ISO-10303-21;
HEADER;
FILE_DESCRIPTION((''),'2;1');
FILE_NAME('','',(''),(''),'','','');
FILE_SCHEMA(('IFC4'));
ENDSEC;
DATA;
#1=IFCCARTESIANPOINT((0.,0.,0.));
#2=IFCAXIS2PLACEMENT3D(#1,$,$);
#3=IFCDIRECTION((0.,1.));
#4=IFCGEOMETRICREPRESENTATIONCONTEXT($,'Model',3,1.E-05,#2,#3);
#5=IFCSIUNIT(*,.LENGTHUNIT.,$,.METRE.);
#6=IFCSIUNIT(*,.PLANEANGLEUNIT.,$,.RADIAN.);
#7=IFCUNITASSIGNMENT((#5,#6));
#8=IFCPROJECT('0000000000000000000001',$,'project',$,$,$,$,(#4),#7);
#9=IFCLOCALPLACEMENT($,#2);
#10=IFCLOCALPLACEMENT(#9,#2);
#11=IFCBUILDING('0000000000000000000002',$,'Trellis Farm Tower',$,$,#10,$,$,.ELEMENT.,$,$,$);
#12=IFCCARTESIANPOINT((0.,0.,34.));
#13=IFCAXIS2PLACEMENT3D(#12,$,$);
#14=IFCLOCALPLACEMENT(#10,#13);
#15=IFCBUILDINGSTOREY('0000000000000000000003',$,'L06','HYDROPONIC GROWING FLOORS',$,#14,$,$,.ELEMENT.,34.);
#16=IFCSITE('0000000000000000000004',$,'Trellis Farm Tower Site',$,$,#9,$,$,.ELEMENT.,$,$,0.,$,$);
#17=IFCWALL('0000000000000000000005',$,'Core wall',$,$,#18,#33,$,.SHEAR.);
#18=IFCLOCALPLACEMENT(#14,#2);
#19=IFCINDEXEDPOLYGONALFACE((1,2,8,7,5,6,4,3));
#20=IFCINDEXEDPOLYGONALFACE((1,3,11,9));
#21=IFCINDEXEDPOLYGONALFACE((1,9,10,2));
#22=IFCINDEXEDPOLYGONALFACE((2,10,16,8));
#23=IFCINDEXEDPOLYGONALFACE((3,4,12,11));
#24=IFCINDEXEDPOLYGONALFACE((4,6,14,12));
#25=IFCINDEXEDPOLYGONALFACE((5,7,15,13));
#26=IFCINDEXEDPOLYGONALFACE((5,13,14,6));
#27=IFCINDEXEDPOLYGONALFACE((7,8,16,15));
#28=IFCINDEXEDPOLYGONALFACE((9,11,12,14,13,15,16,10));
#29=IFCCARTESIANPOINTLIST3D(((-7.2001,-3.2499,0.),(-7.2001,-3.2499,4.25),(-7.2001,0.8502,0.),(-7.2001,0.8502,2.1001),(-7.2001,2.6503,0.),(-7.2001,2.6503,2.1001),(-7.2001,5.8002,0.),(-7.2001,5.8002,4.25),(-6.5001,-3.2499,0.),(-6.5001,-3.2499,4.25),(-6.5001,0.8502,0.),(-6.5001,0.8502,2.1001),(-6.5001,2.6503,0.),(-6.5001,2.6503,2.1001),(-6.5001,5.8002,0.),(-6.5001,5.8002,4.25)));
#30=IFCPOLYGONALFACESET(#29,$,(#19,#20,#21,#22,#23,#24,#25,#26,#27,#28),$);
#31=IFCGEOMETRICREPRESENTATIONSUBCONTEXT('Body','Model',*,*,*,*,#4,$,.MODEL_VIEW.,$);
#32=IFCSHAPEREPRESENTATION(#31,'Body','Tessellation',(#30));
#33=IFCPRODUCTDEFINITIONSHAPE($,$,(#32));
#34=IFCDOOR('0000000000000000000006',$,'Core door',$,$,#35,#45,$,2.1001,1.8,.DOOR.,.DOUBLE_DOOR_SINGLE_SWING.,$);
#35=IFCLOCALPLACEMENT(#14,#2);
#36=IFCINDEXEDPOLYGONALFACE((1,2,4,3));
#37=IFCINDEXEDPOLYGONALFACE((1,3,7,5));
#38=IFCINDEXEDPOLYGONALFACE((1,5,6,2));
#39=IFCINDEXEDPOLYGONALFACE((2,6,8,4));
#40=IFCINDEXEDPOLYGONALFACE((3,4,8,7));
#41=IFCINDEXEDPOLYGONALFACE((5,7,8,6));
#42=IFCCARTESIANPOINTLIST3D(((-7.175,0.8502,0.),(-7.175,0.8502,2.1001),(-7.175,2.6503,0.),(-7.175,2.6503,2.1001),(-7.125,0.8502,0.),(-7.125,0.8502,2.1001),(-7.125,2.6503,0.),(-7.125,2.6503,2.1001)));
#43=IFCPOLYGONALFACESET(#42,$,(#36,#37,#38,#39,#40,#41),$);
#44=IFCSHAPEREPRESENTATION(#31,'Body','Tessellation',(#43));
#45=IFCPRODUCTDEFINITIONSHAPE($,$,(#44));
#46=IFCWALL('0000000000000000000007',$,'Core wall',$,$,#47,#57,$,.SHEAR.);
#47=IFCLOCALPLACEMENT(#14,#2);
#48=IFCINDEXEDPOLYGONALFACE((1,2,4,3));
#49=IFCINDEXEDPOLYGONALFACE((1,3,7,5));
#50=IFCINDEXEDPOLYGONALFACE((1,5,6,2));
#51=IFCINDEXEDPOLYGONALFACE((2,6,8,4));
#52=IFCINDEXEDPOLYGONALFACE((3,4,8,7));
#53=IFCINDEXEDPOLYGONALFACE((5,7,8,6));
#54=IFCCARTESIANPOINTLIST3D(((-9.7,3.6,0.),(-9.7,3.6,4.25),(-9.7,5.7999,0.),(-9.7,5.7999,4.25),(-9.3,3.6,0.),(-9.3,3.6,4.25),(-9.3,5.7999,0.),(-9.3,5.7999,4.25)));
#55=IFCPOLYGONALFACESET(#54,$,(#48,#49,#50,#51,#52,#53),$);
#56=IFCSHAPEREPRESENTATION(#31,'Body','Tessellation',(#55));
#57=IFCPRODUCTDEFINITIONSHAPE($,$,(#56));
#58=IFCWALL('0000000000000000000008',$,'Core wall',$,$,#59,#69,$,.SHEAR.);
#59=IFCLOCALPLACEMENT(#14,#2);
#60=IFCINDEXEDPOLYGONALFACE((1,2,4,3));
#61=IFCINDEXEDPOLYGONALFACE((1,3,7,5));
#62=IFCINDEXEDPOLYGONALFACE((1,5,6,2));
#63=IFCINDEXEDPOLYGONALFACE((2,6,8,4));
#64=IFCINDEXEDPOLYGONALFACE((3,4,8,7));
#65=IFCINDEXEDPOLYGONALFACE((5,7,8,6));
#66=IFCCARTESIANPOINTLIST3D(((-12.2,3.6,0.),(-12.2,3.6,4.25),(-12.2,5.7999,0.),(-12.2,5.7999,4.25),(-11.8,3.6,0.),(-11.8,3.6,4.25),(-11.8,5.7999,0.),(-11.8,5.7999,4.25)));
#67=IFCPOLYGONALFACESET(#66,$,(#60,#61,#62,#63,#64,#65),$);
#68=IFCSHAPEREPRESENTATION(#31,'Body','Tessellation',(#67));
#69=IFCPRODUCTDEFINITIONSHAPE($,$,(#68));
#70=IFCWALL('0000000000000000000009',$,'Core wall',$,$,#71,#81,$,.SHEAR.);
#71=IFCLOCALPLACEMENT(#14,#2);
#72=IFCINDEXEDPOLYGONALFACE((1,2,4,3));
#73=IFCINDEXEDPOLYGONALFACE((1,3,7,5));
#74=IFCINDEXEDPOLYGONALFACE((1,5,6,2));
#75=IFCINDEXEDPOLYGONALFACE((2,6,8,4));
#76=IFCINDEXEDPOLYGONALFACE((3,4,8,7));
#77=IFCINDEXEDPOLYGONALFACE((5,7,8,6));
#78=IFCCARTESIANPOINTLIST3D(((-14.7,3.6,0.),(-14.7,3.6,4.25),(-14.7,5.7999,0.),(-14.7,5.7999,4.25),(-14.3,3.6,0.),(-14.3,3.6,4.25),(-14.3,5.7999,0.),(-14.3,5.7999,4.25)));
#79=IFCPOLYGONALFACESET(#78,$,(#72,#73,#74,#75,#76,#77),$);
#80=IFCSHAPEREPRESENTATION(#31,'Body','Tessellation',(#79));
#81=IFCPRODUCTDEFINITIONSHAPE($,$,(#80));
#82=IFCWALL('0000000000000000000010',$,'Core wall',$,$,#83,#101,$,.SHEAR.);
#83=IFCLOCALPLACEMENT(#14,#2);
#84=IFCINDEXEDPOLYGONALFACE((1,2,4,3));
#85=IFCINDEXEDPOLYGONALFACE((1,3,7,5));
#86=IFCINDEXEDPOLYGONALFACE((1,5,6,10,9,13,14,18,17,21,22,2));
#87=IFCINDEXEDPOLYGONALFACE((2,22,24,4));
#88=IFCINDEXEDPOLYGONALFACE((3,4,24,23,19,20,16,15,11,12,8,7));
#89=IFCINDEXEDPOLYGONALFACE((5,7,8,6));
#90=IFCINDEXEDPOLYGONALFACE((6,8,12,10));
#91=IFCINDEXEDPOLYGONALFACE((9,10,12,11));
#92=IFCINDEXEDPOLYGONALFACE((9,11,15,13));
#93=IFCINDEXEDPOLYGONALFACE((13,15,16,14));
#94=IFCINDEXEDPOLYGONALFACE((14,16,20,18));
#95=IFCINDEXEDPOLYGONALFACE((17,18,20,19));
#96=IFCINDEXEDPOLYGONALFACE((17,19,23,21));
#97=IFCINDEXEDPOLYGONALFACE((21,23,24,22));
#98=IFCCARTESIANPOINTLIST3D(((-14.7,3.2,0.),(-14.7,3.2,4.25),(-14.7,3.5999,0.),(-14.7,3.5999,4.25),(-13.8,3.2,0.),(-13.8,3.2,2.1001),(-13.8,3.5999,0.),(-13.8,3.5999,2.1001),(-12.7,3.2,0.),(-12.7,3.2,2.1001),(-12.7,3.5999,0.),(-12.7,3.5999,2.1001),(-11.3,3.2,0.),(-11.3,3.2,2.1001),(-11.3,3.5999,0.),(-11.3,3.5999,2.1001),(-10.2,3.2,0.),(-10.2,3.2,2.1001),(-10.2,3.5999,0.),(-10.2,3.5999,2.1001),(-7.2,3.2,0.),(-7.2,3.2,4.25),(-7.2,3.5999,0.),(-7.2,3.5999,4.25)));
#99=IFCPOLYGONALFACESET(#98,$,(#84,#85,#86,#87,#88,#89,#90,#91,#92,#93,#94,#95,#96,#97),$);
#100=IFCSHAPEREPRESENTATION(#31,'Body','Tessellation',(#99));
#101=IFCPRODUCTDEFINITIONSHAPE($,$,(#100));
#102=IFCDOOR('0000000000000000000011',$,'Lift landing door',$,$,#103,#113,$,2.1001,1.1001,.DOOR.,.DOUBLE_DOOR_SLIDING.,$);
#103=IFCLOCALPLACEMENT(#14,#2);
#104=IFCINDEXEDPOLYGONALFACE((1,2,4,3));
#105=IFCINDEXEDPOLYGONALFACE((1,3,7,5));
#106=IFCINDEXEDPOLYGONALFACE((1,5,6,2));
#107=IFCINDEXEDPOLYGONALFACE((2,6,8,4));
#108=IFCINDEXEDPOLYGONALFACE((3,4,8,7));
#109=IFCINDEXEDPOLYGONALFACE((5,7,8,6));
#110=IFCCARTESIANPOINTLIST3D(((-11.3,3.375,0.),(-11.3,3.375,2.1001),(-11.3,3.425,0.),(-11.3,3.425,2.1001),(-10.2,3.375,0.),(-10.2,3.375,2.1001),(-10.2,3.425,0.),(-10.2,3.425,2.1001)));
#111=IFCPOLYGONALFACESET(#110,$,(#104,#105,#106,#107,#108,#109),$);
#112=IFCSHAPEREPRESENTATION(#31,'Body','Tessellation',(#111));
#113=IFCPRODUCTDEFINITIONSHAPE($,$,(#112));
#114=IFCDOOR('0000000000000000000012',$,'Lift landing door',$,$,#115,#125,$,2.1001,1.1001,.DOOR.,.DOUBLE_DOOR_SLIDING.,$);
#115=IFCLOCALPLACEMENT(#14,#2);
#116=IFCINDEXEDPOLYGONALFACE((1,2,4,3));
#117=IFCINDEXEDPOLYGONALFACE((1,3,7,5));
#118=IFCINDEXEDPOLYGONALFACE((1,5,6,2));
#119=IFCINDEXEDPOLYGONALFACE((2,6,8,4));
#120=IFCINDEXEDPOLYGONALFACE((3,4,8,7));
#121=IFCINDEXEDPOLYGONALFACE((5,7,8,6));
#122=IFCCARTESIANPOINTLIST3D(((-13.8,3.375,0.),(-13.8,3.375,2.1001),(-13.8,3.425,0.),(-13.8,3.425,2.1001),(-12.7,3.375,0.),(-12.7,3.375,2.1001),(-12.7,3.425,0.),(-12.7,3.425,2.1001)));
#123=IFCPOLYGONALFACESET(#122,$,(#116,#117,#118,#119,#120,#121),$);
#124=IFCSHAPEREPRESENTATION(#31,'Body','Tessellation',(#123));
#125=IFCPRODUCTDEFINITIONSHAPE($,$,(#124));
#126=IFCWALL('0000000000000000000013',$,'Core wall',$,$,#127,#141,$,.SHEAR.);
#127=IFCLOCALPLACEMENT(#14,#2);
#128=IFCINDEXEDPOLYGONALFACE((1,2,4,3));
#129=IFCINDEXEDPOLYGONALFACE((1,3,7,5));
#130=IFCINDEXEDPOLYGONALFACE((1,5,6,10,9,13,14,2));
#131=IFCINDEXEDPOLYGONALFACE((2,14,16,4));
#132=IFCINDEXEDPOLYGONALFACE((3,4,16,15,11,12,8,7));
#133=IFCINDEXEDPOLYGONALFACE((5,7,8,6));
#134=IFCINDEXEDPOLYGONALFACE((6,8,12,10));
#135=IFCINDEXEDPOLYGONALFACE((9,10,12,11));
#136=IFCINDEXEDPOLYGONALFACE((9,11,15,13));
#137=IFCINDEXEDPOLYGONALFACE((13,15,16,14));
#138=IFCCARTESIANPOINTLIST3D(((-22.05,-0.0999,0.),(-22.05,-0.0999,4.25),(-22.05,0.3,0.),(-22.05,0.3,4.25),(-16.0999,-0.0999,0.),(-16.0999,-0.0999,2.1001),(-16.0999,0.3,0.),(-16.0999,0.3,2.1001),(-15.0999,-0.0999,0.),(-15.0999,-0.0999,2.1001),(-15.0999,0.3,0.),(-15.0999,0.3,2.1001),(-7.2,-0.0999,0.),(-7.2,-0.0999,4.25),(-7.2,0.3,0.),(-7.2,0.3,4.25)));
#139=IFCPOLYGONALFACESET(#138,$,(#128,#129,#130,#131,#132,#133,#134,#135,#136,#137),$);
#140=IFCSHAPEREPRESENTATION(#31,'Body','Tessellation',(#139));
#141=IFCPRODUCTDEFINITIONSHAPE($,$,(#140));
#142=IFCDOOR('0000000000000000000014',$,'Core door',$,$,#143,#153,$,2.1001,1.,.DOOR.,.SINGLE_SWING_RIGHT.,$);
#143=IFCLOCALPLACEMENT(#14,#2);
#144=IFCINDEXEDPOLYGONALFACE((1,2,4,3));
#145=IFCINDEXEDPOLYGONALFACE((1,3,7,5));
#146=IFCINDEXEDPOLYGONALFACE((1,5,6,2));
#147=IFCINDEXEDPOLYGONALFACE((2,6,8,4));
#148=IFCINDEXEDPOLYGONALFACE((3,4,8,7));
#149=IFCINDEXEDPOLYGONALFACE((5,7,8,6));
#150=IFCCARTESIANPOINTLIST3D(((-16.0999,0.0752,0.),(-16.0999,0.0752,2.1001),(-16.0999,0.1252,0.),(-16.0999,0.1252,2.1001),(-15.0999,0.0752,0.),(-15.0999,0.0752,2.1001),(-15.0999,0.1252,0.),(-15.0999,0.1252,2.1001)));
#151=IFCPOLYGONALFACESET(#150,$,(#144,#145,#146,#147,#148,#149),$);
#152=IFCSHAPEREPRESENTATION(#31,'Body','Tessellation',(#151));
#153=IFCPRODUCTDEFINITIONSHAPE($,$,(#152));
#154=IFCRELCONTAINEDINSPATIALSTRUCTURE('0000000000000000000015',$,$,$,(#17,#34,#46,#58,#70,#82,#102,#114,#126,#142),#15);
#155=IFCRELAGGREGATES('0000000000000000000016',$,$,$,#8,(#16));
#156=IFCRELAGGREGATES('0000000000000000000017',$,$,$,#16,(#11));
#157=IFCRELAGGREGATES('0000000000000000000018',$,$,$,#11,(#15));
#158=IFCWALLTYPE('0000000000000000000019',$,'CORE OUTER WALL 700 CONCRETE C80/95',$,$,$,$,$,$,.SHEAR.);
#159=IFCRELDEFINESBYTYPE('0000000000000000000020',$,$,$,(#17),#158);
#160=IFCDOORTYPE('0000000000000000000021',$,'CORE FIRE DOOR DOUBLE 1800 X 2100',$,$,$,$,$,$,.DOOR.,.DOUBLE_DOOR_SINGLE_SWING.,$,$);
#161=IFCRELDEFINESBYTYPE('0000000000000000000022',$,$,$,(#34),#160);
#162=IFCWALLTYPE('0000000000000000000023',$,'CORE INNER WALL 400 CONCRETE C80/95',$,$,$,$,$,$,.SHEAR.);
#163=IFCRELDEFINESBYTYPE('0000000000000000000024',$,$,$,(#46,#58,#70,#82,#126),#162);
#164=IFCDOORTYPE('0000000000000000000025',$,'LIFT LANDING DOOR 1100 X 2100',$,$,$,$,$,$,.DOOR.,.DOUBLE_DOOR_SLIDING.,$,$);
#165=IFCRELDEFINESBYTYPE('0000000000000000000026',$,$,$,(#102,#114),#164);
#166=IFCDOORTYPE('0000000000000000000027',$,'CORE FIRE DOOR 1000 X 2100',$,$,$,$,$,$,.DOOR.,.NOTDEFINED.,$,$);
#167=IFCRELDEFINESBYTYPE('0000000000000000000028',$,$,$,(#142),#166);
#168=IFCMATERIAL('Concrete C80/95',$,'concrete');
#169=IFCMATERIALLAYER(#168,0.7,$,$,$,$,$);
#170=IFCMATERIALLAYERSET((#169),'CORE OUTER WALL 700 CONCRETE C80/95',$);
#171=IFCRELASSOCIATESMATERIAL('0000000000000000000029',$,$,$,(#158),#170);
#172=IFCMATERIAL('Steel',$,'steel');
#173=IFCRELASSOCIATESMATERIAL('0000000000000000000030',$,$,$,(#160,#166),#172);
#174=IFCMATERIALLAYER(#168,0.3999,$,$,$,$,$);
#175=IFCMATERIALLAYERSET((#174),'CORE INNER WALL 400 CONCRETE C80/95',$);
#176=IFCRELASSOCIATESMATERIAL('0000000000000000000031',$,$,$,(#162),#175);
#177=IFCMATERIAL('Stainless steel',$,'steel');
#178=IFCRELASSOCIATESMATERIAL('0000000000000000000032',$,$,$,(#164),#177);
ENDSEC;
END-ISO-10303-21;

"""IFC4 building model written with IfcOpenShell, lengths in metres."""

from ifc_helpers import new_model, si_unit, direction, frame, frame_2d, origin, place, context, subcontext, project, spatial, rectangle, extrude, source, transform, mapped, material, layer, layer_set, type_object, element, fill, save


model = new_model("IFC4")

# Units and contexts
model_context = context("Model", 3, precision=1e-05, world=origin(), true_north=direction((0.0, 1.0)))
body_context = subcontext(model_context, "Body", "Model", "MODEL_VIEW")
ifc_project = project(units=[si_unit("LENGTHUNIT", "METRE"), si_unit("PLANEANGLEUNIT", "RADIAN")], contexts=[model_context])

# Site, building, storey
site_placement = place(None, origin())
site = spatial("IfcSite", under=ifc_project, at=site_placement, Name="Trellis Farm Tower Site", CompositionType="ELEMENT", RefElevation=0.0)
building_placement = place(site_placement, origin())
building = spatial("IfcBuilding", under=site, at=building_placement, Name="Trellis Farm Tower", CompositionType="ELEMENT")
storey_placement = place(building_placement, frame((0.0, 0.0, 34.0)))
storey = spatial("IfcBuildingStorey", under=building, at=storey_placement, Name="L06", Description="HYDROPONIC GROWING FLOORS", CompositionType="ELEMENT", Elevation=34.0)

# Wall, opening, door
ifc_material_1 = material(Name="Concrete C80/95", Category="concrete")
ifc_layer_1 = layer(ifc_material_1, 0.7)
ifc_layer_set_1 = layer_set([ifc_layer_1], Name="CORE OUTER WALL 700 CONCRETE C80/95")
wall_type_1 = type_object("IfcWallType", Name="CORE OUTER WALL 700 CONCRETE C80/95", PredefinedType="SHEAR", material=ifc_layer_set_1)
shared_shape_1 = source(origin(), body_context, "Body", "SweptSolid", [
    extrude(rectangle(XDim=9.05, YDim=0.7, at=frame_2d((4.5249, 0.0))), origin(), (0.0, 0.0, 1.0), 4.25),
])
wall_1_placement = place(storey_placement, frame((-6.8501, 5.8, 0.0), z_axis=(0.0, 0.0, 1.0), x_axis=(0.0, -1.0, 0.0)))
wall_1 = element("IfcWall", 1, at=wall_1_placement, inside=storey, type_object=wall_type_1, Name="Core wall", PredefinedType="SHEAR", context=body_context, shape_type="MappedRepresentation", body=[
    mapped(shared_shape_1, transform((0.0, 0.0, 0.0))),
])
shared_shape_2 = source(origin(), body_context, "Body", "SweptSolid", [
    extrude(rectangle(XDim=1.8, YDim=2.1001, at=frame_2d((0.8999, 1.05))), frame((0.0, 0.3601, 0.0), z_axis=(0.0, -1.0, 0.0), x_axis=(1.0, 0.0, 0.0)), (0.0, 0.0, 1.0), 0.7202),
])
opening_1_placement = place(wall_1_placement, frame((3.1499, 0.0, 0.0)))
opening_1 = element("IfcOpeningElement", 2, at=opening_1_placement, cuts=wall_1, PredefinedType="OPENING", context=body_context, shape_type="MappedRepresentation", body=[
    mapped(shared_shape_2, transform((0.0, 0.0, 0.0))),
])
ifc_material_2 = material(Name="Steel", Category="steel")
door_type_1 = type_object("IfcDoorType", Name="CORE FIRE DOOR DOUBLE 1800 X 2100", OperationType="DOUBLE_DOOR_SINGLE_SWING", PredefinedType="DOOR", material=ifc_material_2)
shared_shape_3 = source(origin(), body_context, "Body", "SweptSolid", [
    extrude(rectangle(XDim=1.8, YDim=2.1001, at=frame_2d((0.8999, 1.05))), frame((0.0, -0.2749, 0.0), z_axis=(0.0, -1.0, 0.0), x_axis=(1.0, 0.0, 0.0)), (0.0, 0.0, 1.0), 0.05),
])
door_1_placement = place(opening_1_placement, origin())
door_1 = element("IfcDoor", 3, at=door_1_placement, inside=storey, type_object=door_type_1, Name="Core door", OperationType="DOUBLE_DOOR_SINGLE_SWING", OverallHeight=2.1001, OverallWidth=1.8, PredefinedType="DOOR", context=body_context, shape_type="MappedRepresentation", body=[
    mapped(shared_shape_3, transform((0.0, 0.0, 0.0))),
])
fill(opening_1, door_1)

# Walls
ifc_layer_2 = layer(ifc_material_1, 0.3999)
ifc_layer_set_2 = layer_set([ifc_layer_2], Name="CORE INNER WALL 400 CONCRETE C80/95")
wall_type_2 = type_object("IfcWallType", Name="CORE INNER WALL 400 CONCRETE C80/95", PredefinedType="SHEAR", material=ifc_layer_set_2)
shared_shape_4 = source(origin(), body_context, "Body", "SweptSolid", [
    extrude(rectangle(XDim=2.2, YDim=0.3999, at=frame_2d((1.1001, 0.0))), origin(), (0.0, 0.0, 1.0), 4.25),
])
for number, where, z_axis, x_axis, name in (
    (4, (-9.5, 5.8, 0.0), (0.0, 0.0, 1.0), (0.0, -1.0, 0.0), "Core wall"),
    (5, (-12.0, 5.8, 0.0), (0.0, 0.0, 1.0), (0.0, -1.0, 0.0), "Core wall"),
    (6, (-14.5, 5.8, 0.0), (0.0, 0.0, 1.0), (0.0, -1.0, 0.0), "Core wall"),
):
    element("IfcWall", number, at=place(storey_placement, frame(where, z_axis=z_axis, x_axis=x_axis)), inside=storey, type_object=wall_type_2, Name=name, PredefinedType="SHEAR", context=body_context, shape_type="MappedRepresentation", body=[
        mapped(shared_shape_4, transform((0.0, 0.0, 0.0))),
    ])

# Wall, openings, doors
shared_shape_5 = source(origin(), body_context, "Body", "SweptSolid", [
    extrude(rectangle(XDim=7.5, YDim=0.3999, at=frame_2d((3.75, 0.0))), origin(), (0.0, 0.0, 1.0), 4.25),
])
wall_2_placement = place(storey_placement, frame((-7.2, 3.3999, 0.0), z_axis=(0.0, 0.0, 1.0), x_axis=(-1.0, 0.0, 0.0)))
wall_2 = element("IfcWall", 7, at=wall_2_placement, inside=storey, type_object=wall_type_2, Name="Core wall", PredefinedType="SHEAR", context=body_context, shape_type="MappedRepresentation", body=[
    mapped(shared_shape_5, transform((0.0, 0.0, 0.0))),
])
shared_shape_6 = source(origin(), body_context, "Body", "SweptSolid", [
    extrude(rectangle(XDim=1.1001, YDim=2.1001, at=frame_2d((0.55, 1.05))), frame((0.0, 0.21, 0.0), z_axis=(0.0, -1.0, 0.0), x_axis=(1.0, 0.0, 0.0)), (0.0, 0.0, 1.0), 0.4199),
])
opening_2_placement = place(wall_2_placement, frame((3.0, 0.0, 0.0)))
opening_2 = element("IfcOpeningElement", 8, at=opening_2_placement, cuts=wall_2, PredefinedType="OPENING", context=body_context, shape_type="MappedRepresentation", body=[
    mapped(shared_shape_6, transform((0.0, 0.0, 0.0))),
])
opening_3_placement = place(wall_2_placement, frame((5.5, 0.0, 0.0)))
opening_3 = element("IfcOpeningElement", 9, at=opening_3_placement, cuts=wall_2, PredefinedType="OPENING", context=body_context, shape_type="MappedRepresentation", body=[
    mapped(shared_shape_6, transform((0.0, 0.0, 0.0))),
])
ifc_material_3 = material(Name="Stainless steel", Category="steel")
door_type_2 = type_object("IfcDoorType", Name="LIFT LANDING DOOR 1100 X 2100", OperationType="DOUBLE_DOOR_SLIDING", PredefinedType="DOOR", material=ifc_material_3)
shared_shape_7 = source(origin(), body_context, "Body", "SweptSolid", [
    extrude(rectangle(XDim=1.1001, YDim=2.1001, at=frame_2d((0.55, 1.05))), frame((0.0, 0.0249, 0.0), z_axis=(0.0, -1.0, 0.0), x_axis=(1.0, 0.0, 0.0)), (0.0, 0.0, 1.0), 0.05),
])
door_2_placement = place(opening_2_placement, origin())
door_2 = element("IfcDoor", 10, at=door_2_placement, inside=storey, type_object=door_type_2, Name="Lift landing door", OperationType="DOUBLE_DOOR_SLIDING", OverallHeight=2.1001, OverallWidth=1.1001, PredefinedType="DOOR", context=body_context, shape_type="MappedRepresentation", body=[
    mapped(shared_shape_7, transform((0.0, 0.0, 0.0))),
])
fill(opening_2, door_2)
door_3_placement = place(opening_3_placement, origin())
door_3 = element("IfcDoor", 11, at=door_3_placement, inside=storey, type_object=door_type_2, Name="Lift landing door", OperationType="DOUBLE_DOOR_SLIDING", OverallHeight=2.1001, OverallWidth=1.1001, PredefinedType="DOOR", context=body_context, shape_type="MappedRepresentation", body=[
    mapped(shared_shape_7, transform((0.0, 0.0, 0.0))),
])
fill(opening_3, door_3)

# Wall, opening, door
shared_shape_8 = source(origin(), body_context, "Body", "SweptSolid", [
    extrude(rectangle(XDim=14.8501, YDim=0.3999, at=frame_2d((7.425, 0.0))), origin(), (0.0, 0.0, 1.0), 4.25),
])
wall_3_placement = place(storey_placement, frame((-7.2, 0.1001, 0.0), z_axis=(0.0, 0.0, 1.0), x_axis=(-1.0, 0.0, 0.0)))
wall_3 = element("IfcWall", 12, at=wall_3_placement, inside=storey, type_object=wall_type_2, Name="Core wall", PredefinedType="SHEAR", context=body_context, shape_type="MappedRepresentation", body=[
    mapped(shared_shape_8, transform((0.0, 0.0, 0.0))),
])
shared_shape_9 = source(origin(), body_context, "Body", "SweptSolid", [
    extrude(rectangle(XDim=1.0, YDim=2.1001, at=frame_2d((0.5, 1.05))), frame((0.0, 0.21, 0.0), z_axis=(0.0, -1.0, 0.0), x_axis=(1.0, 0.0, 0.0)), (0.0, 0.0, 1.0), 0.4199),
])
opening_4_placement = place(wall_3_placement, frame((7.8999, 0.0, 0.0)))
opening_4 = element("IfcOpeningElement", 13, at=opening_4_placement, cuts=wall_3, PredefinedType="OPENING", context=body_context, shape_type="MappedRepresentation", body=[
    mapped(shared_shape_9, transform((0.0, 0.0, 0.0))),
])
door_type_3 = type_object("IfcDoorType", Name="CORE FIRE DOOR 1000 X 2100", OperationType="NOTDEFINED", PredefinedType="DOOR", material=ifc_material_2)
shared_shape_10 = source(origin(), body_context, "Body", "SweptSolid", [
    extrude(rectangle(XDim=1.0, YDim=2.1001, at=frame_2d((0.5, 1.05))), frame((0.0, 0.0249, 0.0), z_axis=(0.0, -1.0, 0.0), x_axis=(1.0, 0.0, 0.0)), (0.0, 0.0, 1.0), 0.05),
])
door_4_placement = place(opening_4_placement, origin())
door_4 = element("IfcDoor", 14, at=door_4_placement, inside=storey, type_object=door_type_3, Name="Core door", OperationType="SINGLE_SWING_RIGHT", OverallHeight=2.1001, OverallWidth=1.0, PredefinedType="DOOR", context=body_context, shape_type="MappedRepresentation", body=[
    mapped(shared_shape_10, transform((0.0, 0.0, 0.0))),
])
fill(opening_4, door_4)

save(model, "model.ifc")
